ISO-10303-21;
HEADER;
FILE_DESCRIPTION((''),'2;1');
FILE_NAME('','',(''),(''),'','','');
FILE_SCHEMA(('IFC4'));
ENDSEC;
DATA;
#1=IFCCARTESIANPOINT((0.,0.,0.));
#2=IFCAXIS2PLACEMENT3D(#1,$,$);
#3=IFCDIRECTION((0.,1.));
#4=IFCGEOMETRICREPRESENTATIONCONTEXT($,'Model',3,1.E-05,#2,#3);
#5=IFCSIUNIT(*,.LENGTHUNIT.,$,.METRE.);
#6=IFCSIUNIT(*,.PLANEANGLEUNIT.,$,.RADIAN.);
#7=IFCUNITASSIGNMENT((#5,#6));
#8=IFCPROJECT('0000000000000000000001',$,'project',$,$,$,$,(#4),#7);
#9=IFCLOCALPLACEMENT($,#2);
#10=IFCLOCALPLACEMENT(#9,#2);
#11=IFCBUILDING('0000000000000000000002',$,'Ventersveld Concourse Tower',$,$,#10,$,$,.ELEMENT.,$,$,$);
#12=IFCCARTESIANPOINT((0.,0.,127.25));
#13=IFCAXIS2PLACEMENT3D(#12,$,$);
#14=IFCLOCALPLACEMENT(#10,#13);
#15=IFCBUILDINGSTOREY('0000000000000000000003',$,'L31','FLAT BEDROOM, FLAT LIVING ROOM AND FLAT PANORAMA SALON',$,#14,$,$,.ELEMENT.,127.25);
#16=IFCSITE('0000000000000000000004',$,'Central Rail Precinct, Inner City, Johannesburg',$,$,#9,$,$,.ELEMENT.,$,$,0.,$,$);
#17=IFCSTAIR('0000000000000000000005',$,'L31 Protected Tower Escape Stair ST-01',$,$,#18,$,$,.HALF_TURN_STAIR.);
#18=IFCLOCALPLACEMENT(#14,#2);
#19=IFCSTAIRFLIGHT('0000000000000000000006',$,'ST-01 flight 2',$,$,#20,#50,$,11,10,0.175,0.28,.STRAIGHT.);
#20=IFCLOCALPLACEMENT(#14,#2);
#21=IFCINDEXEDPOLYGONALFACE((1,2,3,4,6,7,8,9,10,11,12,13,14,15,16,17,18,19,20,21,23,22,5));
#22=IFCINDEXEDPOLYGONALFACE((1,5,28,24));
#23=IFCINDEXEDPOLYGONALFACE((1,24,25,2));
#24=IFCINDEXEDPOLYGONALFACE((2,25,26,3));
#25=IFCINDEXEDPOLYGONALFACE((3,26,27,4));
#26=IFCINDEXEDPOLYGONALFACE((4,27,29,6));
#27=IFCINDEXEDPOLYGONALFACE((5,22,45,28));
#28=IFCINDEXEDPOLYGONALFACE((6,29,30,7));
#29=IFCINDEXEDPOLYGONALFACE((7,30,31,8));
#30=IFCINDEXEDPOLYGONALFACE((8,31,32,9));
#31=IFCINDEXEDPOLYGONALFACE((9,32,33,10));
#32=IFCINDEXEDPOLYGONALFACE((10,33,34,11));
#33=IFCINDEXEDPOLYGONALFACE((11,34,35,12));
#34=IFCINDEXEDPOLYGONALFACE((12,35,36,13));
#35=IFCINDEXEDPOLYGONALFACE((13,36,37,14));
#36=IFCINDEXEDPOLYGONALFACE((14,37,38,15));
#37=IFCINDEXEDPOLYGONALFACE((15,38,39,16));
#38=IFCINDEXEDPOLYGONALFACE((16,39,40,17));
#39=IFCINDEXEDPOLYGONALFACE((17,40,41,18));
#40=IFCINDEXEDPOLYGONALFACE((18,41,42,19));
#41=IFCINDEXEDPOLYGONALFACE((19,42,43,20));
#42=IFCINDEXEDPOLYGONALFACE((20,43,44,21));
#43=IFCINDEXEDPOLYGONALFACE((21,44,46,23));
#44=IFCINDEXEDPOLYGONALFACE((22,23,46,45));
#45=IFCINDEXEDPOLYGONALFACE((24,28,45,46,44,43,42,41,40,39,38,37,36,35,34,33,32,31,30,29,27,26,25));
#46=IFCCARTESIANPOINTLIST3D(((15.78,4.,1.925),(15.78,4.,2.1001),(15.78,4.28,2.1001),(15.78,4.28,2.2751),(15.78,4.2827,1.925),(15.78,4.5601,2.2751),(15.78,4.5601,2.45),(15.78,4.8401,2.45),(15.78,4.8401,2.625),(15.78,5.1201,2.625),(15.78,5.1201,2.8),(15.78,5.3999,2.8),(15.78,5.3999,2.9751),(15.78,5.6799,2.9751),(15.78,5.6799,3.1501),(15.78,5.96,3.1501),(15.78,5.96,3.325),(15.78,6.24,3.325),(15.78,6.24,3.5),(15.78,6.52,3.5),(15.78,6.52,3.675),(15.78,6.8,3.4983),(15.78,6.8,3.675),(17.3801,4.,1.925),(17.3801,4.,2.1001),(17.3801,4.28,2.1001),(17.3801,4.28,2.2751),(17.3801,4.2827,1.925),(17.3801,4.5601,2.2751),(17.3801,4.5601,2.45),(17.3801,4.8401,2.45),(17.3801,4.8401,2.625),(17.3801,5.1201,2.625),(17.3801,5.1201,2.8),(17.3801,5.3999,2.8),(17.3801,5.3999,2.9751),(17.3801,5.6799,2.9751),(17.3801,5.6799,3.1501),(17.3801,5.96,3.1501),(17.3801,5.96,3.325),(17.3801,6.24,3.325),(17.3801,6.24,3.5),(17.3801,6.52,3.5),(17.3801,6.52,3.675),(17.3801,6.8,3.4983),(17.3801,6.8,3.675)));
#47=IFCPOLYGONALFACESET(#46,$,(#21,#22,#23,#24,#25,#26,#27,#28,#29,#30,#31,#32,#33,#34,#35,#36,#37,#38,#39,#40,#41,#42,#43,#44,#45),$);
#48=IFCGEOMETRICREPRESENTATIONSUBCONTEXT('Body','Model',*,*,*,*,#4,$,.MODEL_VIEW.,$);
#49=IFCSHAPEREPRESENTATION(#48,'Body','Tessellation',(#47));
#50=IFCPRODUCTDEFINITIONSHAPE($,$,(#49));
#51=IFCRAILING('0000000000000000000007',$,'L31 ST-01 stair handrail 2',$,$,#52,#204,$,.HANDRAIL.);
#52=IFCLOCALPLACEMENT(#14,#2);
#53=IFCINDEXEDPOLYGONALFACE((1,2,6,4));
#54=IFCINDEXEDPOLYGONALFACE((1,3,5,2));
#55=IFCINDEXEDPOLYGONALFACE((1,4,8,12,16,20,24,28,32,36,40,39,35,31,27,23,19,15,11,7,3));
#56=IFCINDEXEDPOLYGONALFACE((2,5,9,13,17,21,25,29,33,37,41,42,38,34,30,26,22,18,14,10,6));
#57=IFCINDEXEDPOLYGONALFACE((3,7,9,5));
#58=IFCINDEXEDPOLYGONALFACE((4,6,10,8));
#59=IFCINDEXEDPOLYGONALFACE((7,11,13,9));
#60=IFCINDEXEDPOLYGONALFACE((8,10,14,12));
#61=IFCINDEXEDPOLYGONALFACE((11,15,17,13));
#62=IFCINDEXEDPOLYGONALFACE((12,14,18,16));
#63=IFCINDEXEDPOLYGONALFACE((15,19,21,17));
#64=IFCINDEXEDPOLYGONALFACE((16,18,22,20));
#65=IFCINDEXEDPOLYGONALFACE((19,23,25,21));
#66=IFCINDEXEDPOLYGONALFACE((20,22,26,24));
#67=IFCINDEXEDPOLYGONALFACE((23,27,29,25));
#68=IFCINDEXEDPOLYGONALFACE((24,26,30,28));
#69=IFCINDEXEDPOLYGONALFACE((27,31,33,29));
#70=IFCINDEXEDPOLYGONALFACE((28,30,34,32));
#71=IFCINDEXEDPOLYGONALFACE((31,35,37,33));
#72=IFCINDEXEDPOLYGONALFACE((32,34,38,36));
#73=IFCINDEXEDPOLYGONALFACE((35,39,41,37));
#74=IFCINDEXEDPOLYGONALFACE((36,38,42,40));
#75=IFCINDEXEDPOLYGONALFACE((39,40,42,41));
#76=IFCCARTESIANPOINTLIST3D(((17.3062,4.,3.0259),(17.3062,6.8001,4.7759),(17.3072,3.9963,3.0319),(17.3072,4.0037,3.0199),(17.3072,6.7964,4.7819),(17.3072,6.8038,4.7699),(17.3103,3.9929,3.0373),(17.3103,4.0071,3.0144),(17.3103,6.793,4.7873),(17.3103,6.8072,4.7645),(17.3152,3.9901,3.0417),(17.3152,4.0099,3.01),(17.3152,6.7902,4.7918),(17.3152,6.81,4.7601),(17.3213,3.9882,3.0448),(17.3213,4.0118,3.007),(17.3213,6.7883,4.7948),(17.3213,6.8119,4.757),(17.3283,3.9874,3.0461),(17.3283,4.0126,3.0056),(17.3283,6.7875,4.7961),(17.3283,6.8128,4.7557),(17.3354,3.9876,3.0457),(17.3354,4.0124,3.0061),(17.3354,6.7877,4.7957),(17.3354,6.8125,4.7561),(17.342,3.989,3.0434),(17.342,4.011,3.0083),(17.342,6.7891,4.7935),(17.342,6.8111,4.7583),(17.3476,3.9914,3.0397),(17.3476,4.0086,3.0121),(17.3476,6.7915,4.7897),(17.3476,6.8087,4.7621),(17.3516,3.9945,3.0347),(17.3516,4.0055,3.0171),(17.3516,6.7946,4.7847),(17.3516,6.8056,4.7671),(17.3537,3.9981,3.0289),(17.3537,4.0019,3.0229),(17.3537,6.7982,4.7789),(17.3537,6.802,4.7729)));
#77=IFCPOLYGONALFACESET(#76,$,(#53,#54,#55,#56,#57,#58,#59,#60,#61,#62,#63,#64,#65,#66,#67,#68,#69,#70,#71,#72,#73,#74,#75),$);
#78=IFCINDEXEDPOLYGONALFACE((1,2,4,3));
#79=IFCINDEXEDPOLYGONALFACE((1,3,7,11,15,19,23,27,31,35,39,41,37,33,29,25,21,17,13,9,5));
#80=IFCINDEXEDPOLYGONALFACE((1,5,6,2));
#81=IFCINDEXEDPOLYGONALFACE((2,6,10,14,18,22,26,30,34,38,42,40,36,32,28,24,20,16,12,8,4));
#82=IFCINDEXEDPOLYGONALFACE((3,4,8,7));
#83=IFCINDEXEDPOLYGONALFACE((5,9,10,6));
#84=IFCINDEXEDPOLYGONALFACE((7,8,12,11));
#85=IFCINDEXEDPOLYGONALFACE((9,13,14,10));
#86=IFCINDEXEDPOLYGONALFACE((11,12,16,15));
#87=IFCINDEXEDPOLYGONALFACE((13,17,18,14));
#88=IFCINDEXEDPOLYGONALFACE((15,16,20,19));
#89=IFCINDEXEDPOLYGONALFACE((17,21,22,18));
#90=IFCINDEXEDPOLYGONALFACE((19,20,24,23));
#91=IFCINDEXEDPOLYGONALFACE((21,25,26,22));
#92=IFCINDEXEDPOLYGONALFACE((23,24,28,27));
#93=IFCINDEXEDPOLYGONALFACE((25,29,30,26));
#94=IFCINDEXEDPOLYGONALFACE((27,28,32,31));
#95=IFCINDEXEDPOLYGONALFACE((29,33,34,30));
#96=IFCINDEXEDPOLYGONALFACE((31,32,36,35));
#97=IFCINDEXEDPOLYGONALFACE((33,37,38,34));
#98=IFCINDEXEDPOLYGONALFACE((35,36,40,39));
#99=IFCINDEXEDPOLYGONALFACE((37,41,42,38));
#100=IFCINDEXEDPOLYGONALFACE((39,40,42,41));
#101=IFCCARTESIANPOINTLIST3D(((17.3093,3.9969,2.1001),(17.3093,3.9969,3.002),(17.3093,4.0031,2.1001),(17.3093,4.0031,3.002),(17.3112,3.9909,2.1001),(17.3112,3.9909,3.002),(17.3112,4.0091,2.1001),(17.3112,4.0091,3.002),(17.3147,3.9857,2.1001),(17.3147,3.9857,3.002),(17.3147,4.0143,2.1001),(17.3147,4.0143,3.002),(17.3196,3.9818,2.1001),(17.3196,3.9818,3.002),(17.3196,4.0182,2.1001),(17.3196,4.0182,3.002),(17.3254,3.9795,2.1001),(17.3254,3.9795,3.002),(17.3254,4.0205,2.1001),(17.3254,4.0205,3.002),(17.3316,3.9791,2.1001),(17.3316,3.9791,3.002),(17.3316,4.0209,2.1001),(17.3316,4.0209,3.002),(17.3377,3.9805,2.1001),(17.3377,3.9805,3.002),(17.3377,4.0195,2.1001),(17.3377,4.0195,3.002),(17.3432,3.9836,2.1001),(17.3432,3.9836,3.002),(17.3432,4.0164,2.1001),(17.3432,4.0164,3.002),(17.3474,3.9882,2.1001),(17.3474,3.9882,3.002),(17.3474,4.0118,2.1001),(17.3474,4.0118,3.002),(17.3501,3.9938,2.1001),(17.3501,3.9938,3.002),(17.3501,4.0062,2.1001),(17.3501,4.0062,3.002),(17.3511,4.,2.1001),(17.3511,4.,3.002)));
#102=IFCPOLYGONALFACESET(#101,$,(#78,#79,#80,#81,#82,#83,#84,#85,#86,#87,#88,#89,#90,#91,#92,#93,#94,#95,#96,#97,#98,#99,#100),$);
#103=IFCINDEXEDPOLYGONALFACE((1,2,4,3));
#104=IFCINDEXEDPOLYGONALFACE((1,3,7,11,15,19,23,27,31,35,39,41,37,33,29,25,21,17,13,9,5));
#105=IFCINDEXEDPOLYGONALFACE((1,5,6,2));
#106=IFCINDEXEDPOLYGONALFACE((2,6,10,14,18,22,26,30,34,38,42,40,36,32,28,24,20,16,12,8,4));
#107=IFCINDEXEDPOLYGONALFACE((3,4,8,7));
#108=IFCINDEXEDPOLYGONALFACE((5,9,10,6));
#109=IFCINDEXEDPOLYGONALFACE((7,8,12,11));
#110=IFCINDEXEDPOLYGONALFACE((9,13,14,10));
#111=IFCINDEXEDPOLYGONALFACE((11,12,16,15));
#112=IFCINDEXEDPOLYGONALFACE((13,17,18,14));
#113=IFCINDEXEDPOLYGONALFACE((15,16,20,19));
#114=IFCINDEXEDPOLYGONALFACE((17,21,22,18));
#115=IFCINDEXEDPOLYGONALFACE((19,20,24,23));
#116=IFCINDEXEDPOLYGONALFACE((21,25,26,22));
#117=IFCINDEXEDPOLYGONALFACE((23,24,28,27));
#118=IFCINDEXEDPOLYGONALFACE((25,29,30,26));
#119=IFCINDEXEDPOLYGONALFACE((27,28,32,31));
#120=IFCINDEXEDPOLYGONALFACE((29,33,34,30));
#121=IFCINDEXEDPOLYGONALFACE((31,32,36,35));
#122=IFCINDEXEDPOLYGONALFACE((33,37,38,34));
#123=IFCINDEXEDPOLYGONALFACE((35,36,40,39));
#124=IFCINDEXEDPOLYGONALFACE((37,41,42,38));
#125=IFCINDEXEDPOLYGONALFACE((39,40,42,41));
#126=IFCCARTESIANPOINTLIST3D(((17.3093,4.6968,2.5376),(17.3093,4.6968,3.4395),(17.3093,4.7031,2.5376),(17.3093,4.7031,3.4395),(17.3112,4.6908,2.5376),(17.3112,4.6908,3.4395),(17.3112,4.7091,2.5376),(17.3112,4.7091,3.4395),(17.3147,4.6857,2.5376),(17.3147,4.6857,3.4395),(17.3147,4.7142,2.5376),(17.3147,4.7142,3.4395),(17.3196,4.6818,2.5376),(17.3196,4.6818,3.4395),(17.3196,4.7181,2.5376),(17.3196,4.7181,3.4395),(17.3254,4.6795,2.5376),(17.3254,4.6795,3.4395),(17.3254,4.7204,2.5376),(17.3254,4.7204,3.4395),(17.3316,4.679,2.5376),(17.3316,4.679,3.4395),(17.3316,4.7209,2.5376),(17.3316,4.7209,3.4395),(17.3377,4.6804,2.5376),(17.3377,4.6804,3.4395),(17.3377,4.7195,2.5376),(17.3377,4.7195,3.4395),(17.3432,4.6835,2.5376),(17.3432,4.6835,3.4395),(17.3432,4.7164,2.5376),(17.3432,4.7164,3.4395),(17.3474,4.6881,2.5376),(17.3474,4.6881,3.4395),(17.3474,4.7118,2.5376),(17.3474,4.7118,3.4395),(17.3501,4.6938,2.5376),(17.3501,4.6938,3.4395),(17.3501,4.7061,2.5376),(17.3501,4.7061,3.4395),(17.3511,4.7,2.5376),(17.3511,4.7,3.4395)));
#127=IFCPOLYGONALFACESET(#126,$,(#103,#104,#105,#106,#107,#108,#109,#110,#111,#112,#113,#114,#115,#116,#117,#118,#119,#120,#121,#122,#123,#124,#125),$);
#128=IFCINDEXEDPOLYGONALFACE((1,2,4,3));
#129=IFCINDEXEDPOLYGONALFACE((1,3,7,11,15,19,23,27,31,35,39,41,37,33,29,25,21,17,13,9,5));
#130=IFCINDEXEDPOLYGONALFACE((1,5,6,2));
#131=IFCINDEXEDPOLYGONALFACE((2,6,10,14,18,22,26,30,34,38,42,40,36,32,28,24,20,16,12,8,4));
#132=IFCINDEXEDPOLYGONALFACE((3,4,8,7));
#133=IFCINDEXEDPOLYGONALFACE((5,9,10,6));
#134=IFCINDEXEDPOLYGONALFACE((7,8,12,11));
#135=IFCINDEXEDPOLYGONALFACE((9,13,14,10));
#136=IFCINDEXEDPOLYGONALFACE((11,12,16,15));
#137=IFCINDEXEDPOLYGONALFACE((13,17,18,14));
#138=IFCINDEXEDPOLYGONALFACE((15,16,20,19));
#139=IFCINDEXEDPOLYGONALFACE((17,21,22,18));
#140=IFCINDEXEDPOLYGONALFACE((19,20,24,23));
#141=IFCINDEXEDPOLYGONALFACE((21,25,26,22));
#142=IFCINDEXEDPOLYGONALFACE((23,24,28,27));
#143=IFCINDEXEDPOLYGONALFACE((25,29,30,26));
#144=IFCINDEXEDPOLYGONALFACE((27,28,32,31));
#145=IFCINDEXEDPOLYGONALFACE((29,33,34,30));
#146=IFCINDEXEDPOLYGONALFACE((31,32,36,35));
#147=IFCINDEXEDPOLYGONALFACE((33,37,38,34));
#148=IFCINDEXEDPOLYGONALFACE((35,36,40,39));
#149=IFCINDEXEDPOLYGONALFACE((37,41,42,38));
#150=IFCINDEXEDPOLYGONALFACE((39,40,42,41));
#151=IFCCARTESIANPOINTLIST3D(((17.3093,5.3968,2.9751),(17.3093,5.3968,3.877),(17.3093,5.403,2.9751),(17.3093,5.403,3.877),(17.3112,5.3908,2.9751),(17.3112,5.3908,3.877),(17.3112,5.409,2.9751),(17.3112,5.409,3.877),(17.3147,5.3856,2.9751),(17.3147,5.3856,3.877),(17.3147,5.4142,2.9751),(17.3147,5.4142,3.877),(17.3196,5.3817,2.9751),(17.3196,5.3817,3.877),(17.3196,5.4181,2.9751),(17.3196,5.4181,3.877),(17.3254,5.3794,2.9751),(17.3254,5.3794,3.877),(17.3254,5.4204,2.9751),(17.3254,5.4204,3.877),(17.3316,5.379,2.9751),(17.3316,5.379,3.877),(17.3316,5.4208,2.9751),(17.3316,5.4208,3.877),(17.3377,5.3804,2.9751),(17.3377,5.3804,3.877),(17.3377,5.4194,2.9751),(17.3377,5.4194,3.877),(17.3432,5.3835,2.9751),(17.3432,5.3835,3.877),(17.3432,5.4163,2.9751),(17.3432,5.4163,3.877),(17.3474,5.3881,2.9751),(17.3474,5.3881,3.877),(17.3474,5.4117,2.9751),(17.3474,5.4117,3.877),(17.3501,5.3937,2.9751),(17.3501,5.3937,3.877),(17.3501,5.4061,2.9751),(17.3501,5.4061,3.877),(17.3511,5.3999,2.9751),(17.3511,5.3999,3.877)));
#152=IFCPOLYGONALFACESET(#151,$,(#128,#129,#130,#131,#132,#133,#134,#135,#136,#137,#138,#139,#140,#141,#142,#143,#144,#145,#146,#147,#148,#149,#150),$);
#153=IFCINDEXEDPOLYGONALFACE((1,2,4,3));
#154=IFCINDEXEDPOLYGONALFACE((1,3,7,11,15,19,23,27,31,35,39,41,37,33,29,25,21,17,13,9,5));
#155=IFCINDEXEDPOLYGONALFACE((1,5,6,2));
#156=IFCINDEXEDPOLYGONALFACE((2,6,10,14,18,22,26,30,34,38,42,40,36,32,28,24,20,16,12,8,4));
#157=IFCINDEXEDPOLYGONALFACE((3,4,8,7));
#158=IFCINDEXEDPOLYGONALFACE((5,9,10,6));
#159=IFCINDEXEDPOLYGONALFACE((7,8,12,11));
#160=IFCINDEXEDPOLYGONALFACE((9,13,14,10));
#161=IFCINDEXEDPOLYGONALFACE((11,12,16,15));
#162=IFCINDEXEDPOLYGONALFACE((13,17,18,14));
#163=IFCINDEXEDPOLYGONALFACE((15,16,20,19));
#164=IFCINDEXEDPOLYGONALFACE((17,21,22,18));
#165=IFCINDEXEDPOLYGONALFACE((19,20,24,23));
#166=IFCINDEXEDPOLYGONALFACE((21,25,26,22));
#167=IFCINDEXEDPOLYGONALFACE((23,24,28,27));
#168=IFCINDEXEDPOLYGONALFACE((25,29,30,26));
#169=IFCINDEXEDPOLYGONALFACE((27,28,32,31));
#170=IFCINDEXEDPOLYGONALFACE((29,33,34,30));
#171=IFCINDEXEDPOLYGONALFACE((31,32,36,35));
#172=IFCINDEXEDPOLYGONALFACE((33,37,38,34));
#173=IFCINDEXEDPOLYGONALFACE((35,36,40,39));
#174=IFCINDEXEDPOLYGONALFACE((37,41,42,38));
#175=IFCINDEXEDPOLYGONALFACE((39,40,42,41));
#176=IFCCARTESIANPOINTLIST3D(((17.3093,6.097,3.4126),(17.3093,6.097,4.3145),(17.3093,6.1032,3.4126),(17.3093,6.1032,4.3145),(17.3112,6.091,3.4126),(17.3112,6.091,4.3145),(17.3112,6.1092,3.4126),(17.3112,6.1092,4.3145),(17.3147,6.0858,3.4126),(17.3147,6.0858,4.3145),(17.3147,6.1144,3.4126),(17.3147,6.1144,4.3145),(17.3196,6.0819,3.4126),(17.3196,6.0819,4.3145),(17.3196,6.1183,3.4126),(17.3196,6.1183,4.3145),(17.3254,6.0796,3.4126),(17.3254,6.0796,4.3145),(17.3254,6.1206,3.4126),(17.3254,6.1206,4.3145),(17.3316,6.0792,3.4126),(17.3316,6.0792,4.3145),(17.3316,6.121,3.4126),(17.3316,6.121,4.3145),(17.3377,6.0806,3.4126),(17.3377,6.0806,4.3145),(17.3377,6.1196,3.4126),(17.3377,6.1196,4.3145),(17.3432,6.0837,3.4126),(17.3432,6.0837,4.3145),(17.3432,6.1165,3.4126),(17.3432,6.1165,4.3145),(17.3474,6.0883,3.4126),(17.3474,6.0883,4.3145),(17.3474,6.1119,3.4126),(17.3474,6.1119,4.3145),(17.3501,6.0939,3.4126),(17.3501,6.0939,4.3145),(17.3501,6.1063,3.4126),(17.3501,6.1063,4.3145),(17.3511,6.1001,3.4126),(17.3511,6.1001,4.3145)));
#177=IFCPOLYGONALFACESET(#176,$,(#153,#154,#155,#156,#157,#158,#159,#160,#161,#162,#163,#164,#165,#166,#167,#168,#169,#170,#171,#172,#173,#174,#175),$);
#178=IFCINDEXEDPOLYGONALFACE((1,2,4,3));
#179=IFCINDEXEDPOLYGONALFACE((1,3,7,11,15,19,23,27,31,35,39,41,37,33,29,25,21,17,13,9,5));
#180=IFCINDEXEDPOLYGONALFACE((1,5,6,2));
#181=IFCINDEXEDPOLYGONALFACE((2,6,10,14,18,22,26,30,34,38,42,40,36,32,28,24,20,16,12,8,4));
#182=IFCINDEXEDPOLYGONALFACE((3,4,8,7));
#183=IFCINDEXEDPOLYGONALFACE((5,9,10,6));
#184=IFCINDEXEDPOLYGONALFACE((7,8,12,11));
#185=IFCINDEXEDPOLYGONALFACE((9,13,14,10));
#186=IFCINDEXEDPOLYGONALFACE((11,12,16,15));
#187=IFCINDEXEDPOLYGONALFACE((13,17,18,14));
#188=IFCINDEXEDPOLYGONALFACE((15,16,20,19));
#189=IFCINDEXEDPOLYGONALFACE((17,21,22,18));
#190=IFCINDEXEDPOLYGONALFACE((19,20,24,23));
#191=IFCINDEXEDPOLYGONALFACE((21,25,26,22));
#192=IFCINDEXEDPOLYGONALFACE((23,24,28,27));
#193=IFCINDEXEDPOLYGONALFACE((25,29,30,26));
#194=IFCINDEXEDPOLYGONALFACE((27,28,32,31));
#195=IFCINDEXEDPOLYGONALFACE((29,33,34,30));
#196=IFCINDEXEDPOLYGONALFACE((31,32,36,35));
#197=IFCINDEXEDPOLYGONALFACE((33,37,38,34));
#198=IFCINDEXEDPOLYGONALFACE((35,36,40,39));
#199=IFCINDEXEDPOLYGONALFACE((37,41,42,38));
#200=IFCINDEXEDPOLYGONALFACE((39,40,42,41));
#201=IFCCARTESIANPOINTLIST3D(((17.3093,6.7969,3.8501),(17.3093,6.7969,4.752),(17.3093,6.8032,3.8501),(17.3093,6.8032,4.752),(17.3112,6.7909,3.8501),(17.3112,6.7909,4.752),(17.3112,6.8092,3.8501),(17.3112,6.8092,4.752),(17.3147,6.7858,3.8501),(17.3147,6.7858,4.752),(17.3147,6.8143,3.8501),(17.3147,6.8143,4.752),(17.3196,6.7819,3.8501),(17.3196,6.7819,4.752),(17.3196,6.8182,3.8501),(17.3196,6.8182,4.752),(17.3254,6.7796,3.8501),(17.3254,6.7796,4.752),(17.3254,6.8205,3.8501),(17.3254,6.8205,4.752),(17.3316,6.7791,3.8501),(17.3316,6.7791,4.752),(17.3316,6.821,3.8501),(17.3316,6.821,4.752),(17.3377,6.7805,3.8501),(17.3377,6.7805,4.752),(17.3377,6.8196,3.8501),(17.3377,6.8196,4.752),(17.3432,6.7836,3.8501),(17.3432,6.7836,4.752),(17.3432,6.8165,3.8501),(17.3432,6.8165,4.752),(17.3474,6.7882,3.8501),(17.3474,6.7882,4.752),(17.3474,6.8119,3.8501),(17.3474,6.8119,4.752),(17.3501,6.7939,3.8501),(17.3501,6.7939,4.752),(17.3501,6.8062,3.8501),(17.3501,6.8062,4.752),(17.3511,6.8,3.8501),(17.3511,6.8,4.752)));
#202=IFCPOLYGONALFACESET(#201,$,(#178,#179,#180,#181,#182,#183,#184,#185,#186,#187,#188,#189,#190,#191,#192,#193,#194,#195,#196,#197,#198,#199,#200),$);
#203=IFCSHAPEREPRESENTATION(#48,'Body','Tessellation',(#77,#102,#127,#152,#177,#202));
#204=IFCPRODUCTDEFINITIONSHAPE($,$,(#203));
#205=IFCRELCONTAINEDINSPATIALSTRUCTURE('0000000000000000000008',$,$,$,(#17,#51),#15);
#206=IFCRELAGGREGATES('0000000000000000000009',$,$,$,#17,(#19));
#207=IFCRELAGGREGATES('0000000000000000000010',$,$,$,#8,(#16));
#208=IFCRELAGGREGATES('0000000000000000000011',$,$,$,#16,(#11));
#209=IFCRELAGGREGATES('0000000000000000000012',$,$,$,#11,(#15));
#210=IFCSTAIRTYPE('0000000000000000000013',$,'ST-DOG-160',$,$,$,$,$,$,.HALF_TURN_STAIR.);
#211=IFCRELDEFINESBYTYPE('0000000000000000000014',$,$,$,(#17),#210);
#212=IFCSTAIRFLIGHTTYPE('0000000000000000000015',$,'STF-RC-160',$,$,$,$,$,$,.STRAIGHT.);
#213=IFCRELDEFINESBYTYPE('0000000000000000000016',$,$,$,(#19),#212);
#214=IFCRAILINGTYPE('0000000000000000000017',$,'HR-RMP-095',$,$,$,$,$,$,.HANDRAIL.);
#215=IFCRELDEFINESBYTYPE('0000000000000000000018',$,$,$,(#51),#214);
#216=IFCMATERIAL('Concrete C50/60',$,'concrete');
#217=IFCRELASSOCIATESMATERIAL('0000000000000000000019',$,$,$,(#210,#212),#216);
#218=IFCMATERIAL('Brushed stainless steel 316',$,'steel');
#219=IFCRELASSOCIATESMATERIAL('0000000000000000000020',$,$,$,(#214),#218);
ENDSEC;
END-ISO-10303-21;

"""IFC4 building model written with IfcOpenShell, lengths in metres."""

from ifc_helpers import new_model, si_unit, direction, frame, origin, origin_2d, place, context, subcontext, project, spatial, polyline, circle, outline, extrude, material, type_object, element, aggregate, save


model = new_model("IFC4")

# Units and contexts
model_context = context("Model", 3, precision=1e-05, world=origin(), true_north=direction((0.0, 1.0)))
body_context = subcontext(model_context, "Body", "Model", "MODEL_VIEW")
ifc_project = project(units=[si_unit("LENGTHUNIT", "METRE"), si_unit("PLANEANGLEUNIT", "RADIAN")], contexts=[model_context])

# Site, building, storey
site_placement = place(None, origin())
site = spatial("IfcSite", under=ifc_project, at=site_placement, Name="Central Rail Precinct, Inner City, Johannesburg", CompositionType="ELEMENT", RefElevation=0.0)
building_placement = place(site_placement, origin())
building = spatial("IfcBuilding", under=site, at=building_placement, Name="Ventersveld Concourse Tower", CompositionType="ELEMENT")
storey_placement = place(building_placement, frame((0.0, 0.0, 127.25)))
storey = spatial("IfcBuildingStorey", under=building, at=storey_placement, Name="L31", Description="FLAT BEDROOM, FLAT LIVING ROOM AND FLAT PANORAMA SALON", CompositionType="ELEMENT", Elevation=127.25)

# Shared definitions
ifc_material_1 = material(Name="Concrete C50/60", Category="concrete")

# Shared definitions
ifc_material_2 = material(Name="Brushed stainless steel 316", Category="steel")

# Stair, stair flight
stair_type = type_object("IfcStairType", Name="ST-DOG-160", PredefinedType="HALF_TURN_STAIR", material=ifc_material_1)
stair_placement = place(storey_placement, origin())
stair = element("IfcStair", 1, at=stair_placement, inside=storey, type_object=stair_type, Name="L31 Protected Tower Escape Stair ST-01", PredefinedType="HALF_TURN_STAIR")
stair_flight_type = type_object("IfcStairFlightType", Name="STF-RC-160", PredefinedType="STRAIGHT", material=ifc_material_1)
stair_flight_placement = place(storey_placement, frame((16.5801, 4.0, 1.925), z_axis=(0.0, 0.0, 1.0), x_axis=(0.0, 1.0, 0.0)))
stair_flight = element("IfcStairFlight", 2, at=stair_flight_placement, type_object=stair_flight_type, Name="ST-01 flight 2", NumberOfRisers=11, NumberOfTreads=10, PredefinedType="STRAIGHT", RiserHeight=0.175, TreadLength=0.28, context=body_context, shape_type="SweptSolid", body=[
    extrude(outline(polyline([(0.0, 0.0), (0.0, 0.175), (0.28, 0.175), (0.28, 0.3501), (0.5601, 0.3501), (0.5601, 0.5249), (0.8401, 0.5249), (0.8401, 0.7), (1.1201, 0.7), (1.1201, 0.875), (1.3999, 0.875), (1.3999, 1.05), (1.6799, 1.05), (1.6799, 1.2251), (1.96, 1.2251), (1.96, 1.3999), (2.24, 1.3999), (2.24, 1.575), (2.52, 1.575), (2.52, 1.75), (2.8, 1.75), (2.8, 1.925), (2.8, 1.5732), (0.2827, 0.0), (0.0, 0.0)])), frame((0.0, 0.8, 0.0), z_axis=(0.0, -1.0, 0.0), x_axis=(1.0, 0.0, 0.0)), (0.0, 0.0, 1.0), 1.6001),
])
aggregate(stair, [stair_flight])

# Railing
railing_type = type_object("IfcRailingType", Name="HR-RMP-095", PredefinedType="HANDRAIL", material=ifc_material_2)
railing_placement = place(storey_placement, frame((17.3301, 4.0, 2.1001)))
element("IfcRailing", 3, at=railing_placement, inside=storey, type_object=railing_type, Name="L31 ST-01 stair handrail 2", PredefinedType="HANDRAIL", context=body_context, shape_type="SweptSolid", body=[
    extrude(circle(Radius=0.0239, at=origin_2d()), frame((0.0, 0.0, 0.9258), z_axis=(0.0, 0.848002, 0.529992), x_axis=(-1.0, 0.0, 0.0)), (0.0, 0.0, 1.0), 3.302),
    extrude(circle(Radius=0.021, at=origin_2d()), origin(), (0.0, 0.0, 1.0), 0.9019),
    extrude(circle(Radius=0.021, at=origin_2d()), frame((0.0, 0.7, 0.4375)), (0.0, 0.0, 1.0), 0.9019),
    extrude(circle(Radius=0.021, at=origin_2d()), frame((0.0, 1.3999, 0.875)), (0.0, 0.0, 1.0), 0.9019),
    extrude(circle(Radius=0.021, at=origin_2d()), frame((0.0, 2.1001, 1.3125)), (0.0, 0.0, 1.0), 0.9019),
    extrude(circle(Radius=0.021, at=origin_2d()), frame((0.0, 2.8, 1.75)), (0.0, 0.0, 1.0), 0.9019),
])

save(model, "model.ifc")
